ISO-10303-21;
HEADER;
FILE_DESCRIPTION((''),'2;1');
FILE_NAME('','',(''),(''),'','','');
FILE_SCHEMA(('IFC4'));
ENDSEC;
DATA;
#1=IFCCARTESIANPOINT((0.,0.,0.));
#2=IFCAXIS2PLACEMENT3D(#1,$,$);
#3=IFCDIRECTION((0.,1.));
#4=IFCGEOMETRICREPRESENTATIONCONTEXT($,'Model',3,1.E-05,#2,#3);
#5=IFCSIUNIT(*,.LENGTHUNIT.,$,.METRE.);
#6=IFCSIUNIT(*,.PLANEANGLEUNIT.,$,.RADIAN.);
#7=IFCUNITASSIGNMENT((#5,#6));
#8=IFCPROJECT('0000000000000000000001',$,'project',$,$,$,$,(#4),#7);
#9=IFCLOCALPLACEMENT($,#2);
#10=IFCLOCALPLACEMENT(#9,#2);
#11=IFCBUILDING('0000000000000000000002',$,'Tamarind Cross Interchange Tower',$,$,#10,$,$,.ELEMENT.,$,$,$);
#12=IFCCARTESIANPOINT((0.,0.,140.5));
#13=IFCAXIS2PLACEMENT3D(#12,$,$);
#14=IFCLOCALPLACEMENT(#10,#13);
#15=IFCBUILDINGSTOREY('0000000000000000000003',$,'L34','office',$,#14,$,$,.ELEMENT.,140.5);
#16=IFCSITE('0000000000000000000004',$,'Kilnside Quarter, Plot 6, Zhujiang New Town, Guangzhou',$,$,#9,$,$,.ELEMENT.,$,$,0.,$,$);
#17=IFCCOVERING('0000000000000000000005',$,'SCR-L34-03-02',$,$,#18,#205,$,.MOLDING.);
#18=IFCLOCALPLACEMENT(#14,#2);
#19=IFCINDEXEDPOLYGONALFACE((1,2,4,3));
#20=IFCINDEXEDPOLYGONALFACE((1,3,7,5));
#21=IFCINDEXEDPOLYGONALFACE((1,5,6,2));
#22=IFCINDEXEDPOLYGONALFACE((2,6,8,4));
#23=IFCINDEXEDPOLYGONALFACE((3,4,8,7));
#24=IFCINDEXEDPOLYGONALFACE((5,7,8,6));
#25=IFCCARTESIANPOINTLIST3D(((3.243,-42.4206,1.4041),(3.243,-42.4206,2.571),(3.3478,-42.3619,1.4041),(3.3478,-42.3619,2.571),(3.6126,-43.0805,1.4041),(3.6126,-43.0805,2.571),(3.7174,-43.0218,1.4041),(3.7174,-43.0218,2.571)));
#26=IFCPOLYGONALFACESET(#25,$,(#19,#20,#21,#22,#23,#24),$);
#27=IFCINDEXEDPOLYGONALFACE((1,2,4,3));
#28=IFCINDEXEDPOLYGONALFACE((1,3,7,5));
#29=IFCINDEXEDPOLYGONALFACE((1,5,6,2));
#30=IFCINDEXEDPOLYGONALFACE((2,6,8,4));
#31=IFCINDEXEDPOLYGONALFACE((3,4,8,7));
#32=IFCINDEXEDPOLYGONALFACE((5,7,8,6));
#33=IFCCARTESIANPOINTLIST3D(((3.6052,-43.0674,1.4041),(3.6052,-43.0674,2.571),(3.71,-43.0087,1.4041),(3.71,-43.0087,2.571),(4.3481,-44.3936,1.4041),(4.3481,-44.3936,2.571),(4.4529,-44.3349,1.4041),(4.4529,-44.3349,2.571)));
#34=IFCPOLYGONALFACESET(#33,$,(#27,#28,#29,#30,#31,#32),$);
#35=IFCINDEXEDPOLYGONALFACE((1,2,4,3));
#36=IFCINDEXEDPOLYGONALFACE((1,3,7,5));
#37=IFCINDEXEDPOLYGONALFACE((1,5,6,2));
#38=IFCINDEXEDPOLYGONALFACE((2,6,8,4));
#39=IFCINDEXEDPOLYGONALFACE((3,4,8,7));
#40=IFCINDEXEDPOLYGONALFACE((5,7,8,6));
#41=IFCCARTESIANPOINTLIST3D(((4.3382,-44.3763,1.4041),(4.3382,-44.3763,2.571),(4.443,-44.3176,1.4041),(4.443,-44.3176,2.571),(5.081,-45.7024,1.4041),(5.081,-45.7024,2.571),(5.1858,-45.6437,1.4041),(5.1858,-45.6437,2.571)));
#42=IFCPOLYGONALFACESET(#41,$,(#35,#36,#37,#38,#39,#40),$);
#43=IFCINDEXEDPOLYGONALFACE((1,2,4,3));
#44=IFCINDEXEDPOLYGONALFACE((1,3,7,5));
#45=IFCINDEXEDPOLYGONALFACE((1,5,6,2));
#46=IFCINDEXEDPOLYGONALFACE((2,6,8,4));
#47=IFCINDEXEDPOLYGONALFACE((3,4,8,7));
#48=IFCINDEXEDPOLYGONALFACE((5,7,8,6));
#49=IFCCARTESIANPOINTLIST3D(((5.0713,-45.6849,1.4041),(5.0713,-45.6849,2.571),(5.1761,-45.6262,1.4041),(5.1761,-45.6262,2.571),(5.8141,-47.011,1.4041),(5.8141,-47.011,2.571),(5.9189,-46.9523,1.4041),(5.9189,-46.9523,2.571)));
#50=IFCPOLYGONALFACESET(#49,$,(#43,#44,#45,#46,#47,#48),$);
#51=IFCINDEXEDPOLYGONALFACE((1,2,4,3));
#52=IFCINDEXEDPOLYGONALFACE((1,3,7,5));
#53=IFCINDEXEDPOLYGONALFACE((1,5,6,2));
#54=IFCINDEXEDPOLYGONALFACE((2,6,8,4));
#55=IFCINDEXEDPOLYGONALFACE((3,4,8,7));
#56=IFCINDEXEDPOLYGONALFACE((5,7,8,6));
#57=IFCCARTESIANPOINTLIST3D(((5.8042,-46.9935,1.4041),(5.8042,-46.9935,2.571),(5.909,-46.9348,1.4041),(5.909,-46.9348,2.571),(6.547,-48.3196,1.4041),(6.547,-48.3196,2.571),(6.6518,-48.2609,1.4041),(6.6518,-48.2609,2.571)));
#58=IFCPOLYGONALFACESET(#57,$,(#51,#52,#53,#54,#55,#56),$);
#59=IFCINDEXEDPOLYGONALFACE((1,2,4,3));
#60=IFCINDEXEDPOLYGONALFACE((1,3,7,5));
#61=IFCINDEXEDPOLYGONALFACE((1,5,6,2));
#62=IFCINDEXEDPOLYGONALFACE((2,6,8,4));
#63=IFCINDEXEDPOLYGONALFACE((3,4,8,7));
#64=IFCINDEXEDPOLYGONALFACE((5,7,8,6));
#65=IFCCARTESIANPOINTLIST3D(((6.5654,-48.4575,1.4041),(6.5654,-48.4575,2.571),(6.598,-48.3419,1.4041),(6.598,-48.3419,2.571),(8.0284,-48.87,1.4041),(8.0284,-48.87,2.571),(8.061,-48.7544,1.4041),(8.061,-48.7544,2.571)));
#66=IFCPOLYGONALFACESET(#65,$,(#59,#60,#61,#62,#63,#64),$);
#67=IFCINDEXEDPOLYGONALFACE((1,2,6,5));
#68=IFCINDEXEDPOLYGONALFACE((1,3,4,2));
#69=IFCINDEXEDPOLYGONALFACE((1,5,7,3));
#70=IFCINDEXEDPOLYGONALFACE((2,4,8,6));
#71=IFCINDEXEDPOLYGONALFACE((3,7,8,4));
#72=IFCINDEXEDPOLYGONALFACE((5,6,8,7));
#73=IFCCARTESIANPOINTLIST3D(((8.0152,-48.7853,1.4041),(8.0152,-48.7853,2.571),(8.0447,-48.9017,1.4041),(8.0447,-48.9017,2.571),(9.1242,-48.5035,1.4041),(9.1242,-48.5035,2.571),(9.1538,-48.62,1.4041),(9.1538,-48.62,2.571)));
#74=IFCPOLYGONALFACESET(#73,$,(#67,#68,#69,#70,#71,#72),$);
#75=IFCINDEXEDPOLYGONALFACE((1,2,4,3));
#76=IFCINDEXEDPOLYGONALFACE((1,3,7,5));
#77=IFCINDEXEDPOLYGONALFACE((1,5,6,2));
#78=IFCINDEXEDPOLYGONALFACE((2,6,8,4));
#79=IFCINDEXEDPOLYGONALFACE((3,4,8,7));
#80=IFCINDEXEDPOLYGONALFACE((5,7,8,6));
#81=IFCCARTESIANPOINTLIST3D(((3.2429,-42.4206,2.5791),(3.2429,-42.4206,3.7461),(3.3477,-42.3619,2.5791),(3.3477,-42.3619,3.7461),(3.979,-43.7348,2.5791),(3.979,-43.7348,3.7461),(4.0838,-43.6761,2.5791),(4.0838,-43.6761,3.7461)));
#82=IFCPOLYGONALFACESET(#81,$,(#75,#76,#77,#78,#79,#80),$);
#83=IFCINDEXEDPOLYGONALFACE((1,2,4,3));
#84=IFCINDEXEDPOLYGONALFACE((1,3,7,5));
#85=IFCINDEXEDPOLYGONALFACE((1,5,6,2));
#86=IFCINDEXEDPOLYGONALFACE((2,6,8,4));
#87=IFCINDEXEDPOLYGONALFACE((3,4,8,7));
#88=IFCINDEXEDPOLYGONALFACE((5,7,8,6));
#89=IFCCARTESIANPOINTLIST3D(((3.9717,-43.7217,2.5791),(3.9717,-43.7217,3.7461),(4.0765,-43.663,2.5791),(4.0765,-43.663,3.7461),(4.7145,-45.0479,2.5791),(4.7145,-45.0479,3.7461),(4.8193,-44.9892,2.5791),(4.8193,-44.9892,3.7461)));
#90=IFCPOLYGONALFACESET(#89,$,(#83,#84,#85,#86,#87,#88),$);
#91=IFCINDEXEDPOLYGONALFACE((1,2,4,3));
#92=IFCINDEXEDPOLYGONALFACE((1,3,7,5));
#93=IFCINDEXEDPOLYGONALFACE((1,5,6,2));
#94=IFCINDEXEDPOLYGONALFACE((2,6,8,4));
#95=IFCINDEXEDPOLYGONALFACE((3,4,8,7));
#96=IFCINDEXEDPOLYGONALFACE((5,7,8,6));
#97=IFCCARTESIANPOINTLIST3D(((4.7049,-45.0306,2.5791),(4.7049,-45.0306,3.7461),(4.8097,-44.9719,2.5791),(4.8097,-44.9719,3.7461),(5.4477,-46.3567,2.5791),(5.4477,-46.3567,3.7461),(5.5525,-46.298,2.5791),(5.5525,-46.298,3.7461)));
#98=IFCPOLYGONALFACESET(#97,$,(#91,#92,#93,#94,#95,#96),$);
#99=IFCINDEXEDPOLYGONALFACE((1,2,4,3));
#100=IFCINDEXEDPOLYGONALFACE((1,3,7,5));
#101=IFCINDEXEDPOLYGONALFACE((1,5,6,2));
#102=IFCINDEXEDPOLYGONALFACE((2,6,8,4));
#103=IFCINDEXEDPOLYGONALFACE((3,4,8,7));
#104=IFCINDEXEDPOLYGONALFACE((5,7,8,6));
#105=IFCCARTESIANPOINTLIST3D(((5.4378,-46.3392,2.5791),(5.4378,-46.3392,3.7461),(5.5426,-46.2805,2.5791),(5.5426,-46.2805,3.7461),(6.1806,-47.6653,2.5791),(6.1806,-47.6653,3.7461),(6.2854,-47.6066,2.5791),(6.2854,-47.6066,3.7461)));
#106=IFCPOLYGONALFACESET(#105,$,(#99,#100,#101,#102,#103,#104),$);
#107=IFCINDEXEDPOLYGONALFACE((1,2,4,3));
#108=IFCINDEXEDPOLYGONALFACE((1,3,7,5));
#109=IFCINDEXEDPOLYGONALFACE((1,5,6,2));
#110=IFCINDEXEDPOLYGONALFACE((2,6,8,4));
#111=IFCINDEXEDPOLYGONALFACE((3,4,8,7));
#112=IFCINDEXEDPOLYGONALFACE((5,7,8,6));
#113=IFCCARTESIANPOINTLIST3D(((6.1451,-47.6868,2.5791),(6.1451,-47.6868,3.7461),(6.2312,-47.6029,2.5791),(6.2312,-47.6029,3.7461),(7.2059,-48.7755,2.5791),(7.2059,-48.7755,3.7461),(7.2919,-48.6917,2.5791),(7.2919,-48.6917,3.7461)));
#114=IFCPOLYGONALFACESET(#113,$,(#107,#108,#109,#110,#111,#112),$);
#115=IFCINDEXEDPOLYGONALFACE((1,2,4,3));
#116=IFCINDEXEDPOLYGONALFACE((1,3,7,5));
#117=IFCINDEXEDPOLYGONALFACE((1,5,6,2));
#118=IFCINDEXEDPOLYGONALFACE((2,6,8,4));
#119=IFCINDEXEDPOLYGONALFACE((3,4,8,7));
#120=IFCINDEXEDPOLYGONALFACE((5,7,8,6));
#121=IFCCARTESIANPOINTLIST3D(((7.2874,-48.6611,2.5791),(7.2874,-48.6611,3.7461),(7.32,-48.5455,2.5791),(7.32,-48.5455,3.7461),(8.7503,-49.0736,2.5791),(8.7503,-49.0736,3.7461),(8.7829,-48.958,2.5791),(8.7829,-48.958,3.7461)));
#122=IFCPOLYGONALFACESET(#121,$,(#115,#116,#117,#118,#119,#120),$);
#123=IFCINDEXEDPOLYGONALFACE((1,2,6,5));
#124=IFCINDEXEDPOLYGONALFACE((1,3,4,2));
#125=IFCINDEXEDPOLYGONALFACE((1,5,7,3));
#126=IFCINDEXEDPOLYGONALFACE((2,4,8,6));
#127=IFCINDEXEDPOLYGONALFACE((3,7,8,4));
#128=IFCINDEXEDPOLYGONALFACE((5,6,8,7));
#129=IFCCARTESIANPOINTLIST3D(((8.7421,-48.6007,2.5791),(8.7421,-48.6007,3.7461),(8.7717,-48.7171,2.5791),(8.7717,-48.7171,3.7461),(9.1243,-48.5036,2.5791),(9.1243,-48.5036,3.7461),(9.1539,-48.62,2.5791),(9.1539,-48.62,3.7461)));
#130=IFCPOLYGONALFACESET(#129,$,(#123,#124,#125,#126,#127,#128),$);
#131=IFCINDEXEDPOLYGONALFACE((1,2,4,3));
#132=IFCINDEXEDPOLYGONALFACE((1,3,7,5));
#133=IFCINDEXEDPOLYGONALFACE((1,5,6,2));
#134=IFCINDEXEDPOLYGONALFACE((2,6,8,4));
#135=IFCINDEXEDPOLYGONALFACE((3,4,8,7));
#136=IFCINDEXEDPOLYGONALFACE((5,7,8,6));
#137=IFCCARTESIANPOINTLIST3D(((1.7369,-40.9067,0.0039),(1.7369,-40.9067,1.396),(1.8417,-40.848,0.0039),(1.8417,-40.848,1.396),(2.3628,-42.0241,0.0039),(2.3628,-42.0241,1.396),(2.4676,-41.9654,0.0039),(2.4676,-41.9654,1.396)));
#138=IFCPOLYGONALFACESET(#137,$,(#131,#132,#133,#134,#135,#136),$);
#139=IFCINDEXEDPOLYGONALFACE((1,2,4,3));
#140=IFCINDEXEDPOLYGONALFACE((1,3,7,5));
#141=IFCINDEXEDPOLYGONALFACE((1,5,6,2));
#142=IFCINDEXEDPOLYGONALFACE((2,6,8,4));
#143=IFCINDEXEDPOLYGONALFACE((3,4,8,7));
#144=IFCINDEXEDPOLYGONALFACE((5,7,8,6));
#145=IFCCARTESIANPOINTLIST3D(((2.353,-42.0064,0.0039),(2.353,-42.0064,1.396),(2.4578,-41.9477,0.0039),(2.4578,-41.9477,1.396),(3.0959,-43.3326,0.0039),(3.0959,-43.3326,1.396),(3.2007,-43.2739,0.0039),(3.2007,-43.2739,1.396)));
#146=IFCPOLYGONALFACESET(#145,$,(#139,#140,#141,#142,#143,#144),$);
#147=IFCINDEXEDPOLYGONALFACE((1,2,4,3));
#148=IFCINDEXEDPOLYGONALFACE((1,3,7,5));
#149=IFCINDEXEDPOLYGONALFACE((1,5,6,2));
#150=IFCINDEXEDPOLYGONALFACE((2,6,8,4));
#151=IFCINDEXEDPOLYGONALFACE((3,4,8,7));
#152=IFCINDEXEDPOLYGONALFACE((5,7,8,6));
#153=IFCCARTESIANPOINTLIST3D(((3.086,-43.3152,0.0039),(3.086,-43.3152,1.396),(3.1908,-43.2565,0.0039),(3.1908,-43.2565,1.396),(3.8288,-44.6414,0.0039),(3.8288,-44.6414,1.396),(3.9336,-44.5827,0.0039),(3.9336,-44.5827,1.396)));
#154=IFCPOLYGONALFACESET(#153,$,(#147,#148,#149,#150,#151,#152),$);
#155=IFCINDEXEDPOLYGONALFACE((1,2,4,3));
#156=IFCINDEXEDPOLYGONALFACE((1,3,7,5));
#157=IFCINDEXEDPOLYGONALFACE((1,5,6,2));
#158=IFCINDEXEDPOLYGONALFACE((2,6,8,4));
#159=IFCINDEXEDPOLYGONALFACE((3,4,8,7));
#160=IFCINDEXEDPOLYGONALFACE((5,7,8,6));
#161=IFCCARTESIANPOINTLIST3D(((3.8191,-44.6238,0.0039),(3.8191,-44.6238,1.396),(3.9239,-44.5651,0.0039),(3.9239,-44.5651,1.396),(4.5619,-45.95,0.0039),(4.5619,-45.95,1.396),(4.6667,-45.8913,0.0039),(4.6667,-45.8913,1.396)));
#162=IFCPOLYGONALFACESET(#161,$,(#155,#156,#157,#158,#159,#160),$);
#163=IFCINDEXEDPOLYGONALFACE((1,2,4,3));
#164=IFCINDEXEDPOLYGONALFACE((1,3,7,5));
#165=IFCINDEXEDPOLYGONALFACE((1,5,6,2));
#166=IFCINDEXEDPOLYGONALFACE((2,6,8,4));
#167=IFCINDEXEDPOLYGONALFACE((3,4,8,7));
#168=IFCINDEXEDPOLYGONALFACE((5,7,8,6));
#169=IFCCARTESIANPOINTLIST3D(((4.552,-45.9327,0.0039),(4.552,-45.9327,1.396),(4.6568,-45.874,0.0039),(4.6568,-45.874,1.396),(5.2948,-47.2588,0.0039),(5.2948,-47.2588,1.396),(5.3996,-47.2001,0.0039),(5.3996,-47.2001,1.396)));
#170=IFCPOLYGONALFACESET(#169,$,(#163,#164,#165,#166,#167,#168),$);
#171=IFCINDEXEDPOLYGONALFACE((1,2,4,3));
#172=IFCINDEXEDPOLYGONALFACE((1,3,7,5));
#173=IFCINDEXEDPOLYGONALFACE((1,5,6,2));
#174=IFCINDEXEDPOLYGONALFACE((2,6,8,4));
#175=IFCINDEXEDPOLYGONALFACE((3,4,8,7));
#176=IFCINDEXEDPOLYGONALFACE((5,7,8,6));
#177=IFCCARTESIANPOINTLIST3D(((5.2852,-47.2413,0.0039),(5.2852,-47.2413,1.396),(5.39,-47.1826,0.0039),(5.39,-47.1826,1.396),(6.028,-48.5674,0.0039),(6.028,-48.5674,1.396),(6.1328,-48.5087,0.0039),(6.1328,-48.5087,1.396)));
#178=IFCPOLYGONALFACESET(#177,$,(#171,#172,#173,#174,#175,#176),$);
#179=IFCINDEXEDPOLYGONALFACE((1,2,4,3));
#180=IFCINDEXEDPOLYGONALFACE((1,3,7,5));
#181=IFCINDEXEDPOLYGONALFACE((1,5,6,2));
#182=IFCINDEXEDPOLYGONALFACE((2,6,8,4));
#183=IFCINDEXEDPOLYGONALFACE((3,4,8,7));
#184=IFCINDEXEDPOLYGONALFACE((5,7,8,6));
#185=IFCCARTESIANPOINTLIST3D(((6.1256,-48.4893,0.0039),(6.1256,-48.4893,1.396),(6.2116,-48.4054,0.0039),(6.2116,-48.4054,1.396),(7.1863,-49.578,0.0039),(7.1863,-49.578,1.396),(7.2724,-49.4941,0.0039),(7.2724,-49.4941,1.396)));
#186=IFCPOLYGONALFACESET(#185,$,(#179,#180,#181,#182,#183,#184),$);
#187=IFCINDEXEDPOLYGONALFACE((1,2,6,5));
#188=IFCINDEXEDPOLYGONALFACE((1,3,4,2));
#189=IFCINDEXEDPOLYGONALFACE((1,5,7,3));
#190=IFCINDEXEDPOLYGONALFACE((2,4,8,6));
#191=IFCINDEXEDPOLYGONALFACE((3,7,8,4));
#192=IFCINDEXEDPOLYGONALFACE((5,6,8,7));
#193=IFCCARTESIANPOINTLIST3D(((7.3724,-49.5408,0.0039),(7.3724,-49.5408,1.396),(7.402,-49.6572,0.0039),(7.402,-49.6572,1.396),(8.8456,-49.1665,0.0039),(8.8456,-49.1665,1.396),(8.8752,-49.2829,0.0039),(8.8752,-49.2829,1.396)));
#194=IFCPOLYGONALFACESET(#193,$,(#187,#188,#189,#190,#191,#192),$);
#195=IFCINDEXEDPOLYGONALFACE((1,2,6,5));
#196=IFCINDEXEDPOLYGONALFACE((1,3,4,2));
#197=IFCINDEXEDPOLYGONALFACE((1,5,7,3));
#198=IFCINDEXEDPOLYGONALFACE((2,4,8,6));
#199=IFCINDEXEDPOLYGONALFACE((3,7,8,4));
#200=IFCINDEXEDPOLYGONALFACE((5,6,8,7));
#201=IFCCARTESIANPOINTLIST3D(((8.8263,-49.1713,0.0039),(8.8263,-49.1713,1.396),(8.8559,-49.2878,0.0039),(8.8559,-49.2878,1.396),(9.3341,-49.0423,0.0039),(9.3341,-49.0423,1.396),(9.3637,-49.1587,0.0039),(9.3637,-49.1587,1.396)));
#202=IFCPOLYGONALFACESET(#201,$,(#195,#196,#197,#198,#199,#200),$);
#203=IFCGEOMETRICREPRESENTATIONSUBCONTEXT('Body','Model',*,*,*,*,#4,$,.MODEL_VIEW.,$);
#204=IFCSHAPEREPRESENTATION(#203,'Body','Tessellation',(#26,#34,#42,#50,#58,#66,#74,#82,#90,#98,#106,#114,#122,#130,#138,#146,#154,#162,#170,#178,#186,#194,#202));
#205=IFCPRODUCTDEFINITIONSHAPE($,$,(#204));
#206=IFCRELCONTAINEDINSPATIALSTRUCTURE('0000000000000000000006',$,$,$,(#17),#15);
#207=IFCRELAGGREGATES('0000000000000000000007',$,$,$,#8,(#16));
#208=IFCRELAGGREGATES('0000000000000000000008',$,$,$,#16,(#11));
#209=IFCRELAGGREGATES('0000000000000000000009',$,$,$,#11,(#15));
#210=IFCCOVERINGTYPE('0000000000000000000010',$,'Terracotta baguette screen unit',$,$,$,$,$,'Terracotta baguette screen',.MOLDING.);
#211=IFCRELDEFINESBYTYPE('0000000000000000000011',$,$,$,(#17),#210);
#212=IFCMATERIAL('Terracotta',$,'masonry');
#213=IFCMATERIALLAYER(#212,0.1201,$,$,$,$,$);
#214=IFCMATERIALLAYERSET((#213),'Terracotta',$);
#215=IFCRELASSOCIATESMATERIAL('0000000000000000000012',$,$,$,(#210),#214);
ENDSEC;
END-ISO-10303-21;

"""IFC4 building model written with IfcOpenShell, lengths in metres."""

from ifc_helpers import new_model, si_unit, direction, frame, origin, origin_2d, place, context, subcontext, project, spatial, rectangle, extrude, material, layer, layer_set, type_object, element, save


model = new_model("IFC4")

# Units and contexts
model_context = context("Model", 3, precision=1e-05, world=origin(), true_north=direction((0.0, 1.0)))
body_context = subcontext(model_context, "Body", "Model", "MODEL_VIEW")
ifc_project = project(units=[si_unit("LENGTHUNIT", "METRE"), si_unit("PLANEANGLEUNIT", "RADIAN")], contexts=[model_context])

# Site, building, storey
site_placement = place(None, origin())
site = spatial("IfcSite", under=ifc_project, at=site_placement, Name="Kilnside Quarter, Plot 6, Zhujiang New Town, Guangzhou", CompositionType="ELEMENT", RefElevation=0.0)
building_placement = place(site_placement, origin())
building = spatial("IfcBuilding", under=site, at=building_placement, Name="Tamarind Cross Interchange Tower", CompositionType="ELEMENT")
storey_placement = place(building_placement, frame((0.0, 0.0, 140.5)))
storey = spatial("IfcBuildingStorey", under=building, at=storey_placement, Name="L34", Description="office", CompositionType="ELEMENT", Elevation=140.5)

# Covering
ifc_material_1 = material(Name="Terracotta", Category="masonry")
ifc_layer_1 = layer(ifc_material_1, 0.1201)
ifc_layer_set_1 = layer_set([ifc_layer_1], Name="Terracotta")
covering_type = type_object("IfcCoveringType", Name="Terracotta baguette screen unit", ElementType="Terracotta baguette screen", PredefinedType="MOLDING", material=ifc_layer_set_1)
covering_1_placement = place(storey_placement, origin())
element("IfcCovering", 1, at=covering_1_placement, inside=storey, type_object=covering_type, Name="SCR-L34-03-02", PredefinedType="MOLDING", context=body_context, shape_type="SweptSolid", body=[
    extrude(rectangle(XDim=0.7563, YDim=0.1201, at=origin_2d()), frame((3.4802, -42.7212, 1.4041), z_axis=(0.0, 0.0, 1.0), x_axis=(0.488688, -0.872458, 0.0)), (0.0, 0.0, 1.0), 1.167),
    extrude(rectangle(XDim=1.52, YDim=0.1201, at=origin_2d()), frame((4.0291, -43.7012, 1.4041), z_axis=(0.0, 0.0, 1.0), x_axis=(0.488688, -0.872458, 0.0)), (0.0, 0.0, 1.0), 1.167),
    extrude(rectangle(XDim=1.52, YDim=0.1201, at=origin_2d()), frame((4.762, -45.01, 1.4041), z_axis=(0.0, 0.0, 1.0), x_axis=(0.488688, -0.872458, 0.0)), (0.0, 0.0, 1.0), 1.167),
    extrude(rectangle(XDim=1.52, YDim=0.1201, at=origin_2d()), frame((5.4951, -46.3186, 1.4041), z_axis=(0.0, 0.0, 1.0), x_axis=(0.488688, -0.872458, 0.0)), (0.0, 0.0, 1.0), 1.167),
    extrude(rectangle(XDim=1.52, YDim=0.1201, at=origin_2d()), frame((6.228, -47.6272, 1.4041), z_axis=(0.0, 0.0, 1.0), x_axis=(0.488688, -0.872458, 0.0)), (0.0, 0.0, 1.0), 1.167),
    extrude(rectangle(XDim=1.52, YDim=0.1201, at=origin_2d()), frame((7.3132, -48.606, 1.4041), z_axis=(0.0, 0.0, 1.0), x_axis=(0.962476, -0.271367, 0.0)), (0.0, 0.0, 1.0), 1.167),
    extrude(rectangle(XDim=1.1443, YDim=0.1201, at=origin_2d()), frame((8.5845, -48.7026, 1.4041), z_axis=(0.0, 0.0, 1.0), x_axis=(0.969212, 0.246228, 0.0)), (0.0, 0.0, 1.0), 1.167),
    extrude(rectangle(XDim=1.5063, YDim=0.1201, at=origin_2d()), frame((3.6633, -43.0483, 2.5791), z_axis=(0.0, 0.0, 1.0), x_axis=(0.488688, -0.872458, 0.0)), (0.0, 0.0, 1.0), 1.167),
    extrude(rectangle(XDim=1.52, YDim=0.1201, at=origin_2d()), frame((4.3955, -44.3555, 2.5791), z_axis=(0.0, 0.0, 1.0), x_axis=(0.488688, -0.872458, 0.0)), (0.0, 0.0, 1.0), 1.167),
    extrude(rectangle(XDim=1.52, YDim=0.1201, at=origin_2d()), frame((5.1287, -45.6643, 2.5791), z_axis=(0.0, 0.0, 1.0), x_axis=(0.488688, -0.872458, 0.0)), (0.0, 0.0, 1.0), 1.167),
    extrude(rectangle(XDim=1.52, YDim=0.1201, at=origin_2d()), frame((5.8616, -46.9729, 2.5791), z_axis=(0.0, 0.0, 1.0), x_axis=(0.488688, -0.872458, 0.0)), (0.0, 0.0, 1.0), 1.167),
    extrude(rectangle(XDim=1.52, YDim=0.1201, at=origin_2d()), frame((6.7185, -48.1892, 2.5791), z_axis=(0.0, 0.0, 1.0), x_axis=(0.697845, -0.716248, 0.0)), (0.0, 0.0, 1.0), 1.167),
    extrude(rectangle(XDim=1.52, YDim=0.1201, at=origin_2d()), frame((8.0352, -48.8096, 2.5791), z_axis=(0.0, 0.0, 1.0), x_axis=(0.962476, -0.271367, 0.0)), (0.0, 0.0, 1.0), 1.167),
    extrude(rectangle(XDim=0.3943, YDim=0.1201, at=origin_2d()), frame((8.948, -48.6104, 2.5791), z_axis=(0.0, 0.0, 1.0), x_axis=(0.969212, 0.246228, 0.0)), (0.0, 0.0, 1.0), 1.167),
    extrude(rectangle(XDim=1.2808, YDim=0.1201, at=origin_2d()), frame((2.1023, -41.436, 0.0039), z_axis=(0.0, 0.0, 1.0), x_axis=(0.488688, -0.872458, 0.0)), (0.0, 0.0, 1.0), 1.3921),
    extrude(rectangle(XDim=1.52, YDim=0.1201, at=origin_2d()), frame((2.7769, -42.6401, 0.0039), z_axis=(0.0, 0.0, 1.0), x_axis=(0.488688, -0.872458, 0.0)), (0.0, 0.0, 1.0), 1.3921),
    extrude(rectangle(XDim=1.52, YDim=0.1201, at=origin_2d()), frame((3.5098, -43.949, 0.0039), z_axis=(0.0, 0.0, 1.0), x_axis=(0.488688, -0.872458, 0.0)), (0.0, 0.0, 1.0), 1.3921),
    extrude(rectangle(XDim=1.52, YDim=0.1201, at=origin_2d()), frame((4.2429, -45.2576, 0.0039), z_axis=(0.0, 0.0, 1.0), x_axis=(0.488688, -0.872458, 0.0)), (0.0, 0.0, 1.0), 1.3921),
    extrude(rectangle(XDim=1.52, YDim=0.1201, at=origin_2d()), frame((4.9758, -46.5664, 0.0039), z_axis=(0.0, 0.0, 1.0), x_axis=(0.488688, -0.872458, 0.0)), (0.0, 0.0, 1.0), 1.3921),
    extrude(rectangle(XDim=1.52, YDim=0.1201, at=origin_2d()), frame((5.709, -47.875, 0.0039), z_axis=(0.0, 0.0, 1.0), x_axis=(0.488688, -0.872458, 0.0)), (0.0, 0.0, 1.0), 1.3921),
    extrude(rectangle(XDim=1.52, YDim=0.1201, at=origin_2d()), frame((6.699, -48.9917, 0.0039), z_axis=(0.0, 0.0, 1.0), x_axis=(0.697845, -0.716248, 0.0)), (0.0, 0.0, 1.0), 1.3921),
    extrude(rectangle(XDim=1.52, YDim=0.1201, at=origin_2d()), frame((8.1238, -49.4119, 0.0039), z_axis=(0.0, 0.0, 1.0), x_axis=(0.969212, 0.246228, 0.0)), (0.0, 0.0, 1.0), 1.3921),
    extrude(rectangle(XDim=0.5239, YDim=0.1201, at=origin_2d()), frame((9.095, -49.165, 0.0039), z_axis=(0.0, 0.0, 1.0), x_axis=(0.969212, 0.246228, 0.0)), (0.0, 0.0, 1.0), 1.3921),
])

save(model, "model.ifc")
